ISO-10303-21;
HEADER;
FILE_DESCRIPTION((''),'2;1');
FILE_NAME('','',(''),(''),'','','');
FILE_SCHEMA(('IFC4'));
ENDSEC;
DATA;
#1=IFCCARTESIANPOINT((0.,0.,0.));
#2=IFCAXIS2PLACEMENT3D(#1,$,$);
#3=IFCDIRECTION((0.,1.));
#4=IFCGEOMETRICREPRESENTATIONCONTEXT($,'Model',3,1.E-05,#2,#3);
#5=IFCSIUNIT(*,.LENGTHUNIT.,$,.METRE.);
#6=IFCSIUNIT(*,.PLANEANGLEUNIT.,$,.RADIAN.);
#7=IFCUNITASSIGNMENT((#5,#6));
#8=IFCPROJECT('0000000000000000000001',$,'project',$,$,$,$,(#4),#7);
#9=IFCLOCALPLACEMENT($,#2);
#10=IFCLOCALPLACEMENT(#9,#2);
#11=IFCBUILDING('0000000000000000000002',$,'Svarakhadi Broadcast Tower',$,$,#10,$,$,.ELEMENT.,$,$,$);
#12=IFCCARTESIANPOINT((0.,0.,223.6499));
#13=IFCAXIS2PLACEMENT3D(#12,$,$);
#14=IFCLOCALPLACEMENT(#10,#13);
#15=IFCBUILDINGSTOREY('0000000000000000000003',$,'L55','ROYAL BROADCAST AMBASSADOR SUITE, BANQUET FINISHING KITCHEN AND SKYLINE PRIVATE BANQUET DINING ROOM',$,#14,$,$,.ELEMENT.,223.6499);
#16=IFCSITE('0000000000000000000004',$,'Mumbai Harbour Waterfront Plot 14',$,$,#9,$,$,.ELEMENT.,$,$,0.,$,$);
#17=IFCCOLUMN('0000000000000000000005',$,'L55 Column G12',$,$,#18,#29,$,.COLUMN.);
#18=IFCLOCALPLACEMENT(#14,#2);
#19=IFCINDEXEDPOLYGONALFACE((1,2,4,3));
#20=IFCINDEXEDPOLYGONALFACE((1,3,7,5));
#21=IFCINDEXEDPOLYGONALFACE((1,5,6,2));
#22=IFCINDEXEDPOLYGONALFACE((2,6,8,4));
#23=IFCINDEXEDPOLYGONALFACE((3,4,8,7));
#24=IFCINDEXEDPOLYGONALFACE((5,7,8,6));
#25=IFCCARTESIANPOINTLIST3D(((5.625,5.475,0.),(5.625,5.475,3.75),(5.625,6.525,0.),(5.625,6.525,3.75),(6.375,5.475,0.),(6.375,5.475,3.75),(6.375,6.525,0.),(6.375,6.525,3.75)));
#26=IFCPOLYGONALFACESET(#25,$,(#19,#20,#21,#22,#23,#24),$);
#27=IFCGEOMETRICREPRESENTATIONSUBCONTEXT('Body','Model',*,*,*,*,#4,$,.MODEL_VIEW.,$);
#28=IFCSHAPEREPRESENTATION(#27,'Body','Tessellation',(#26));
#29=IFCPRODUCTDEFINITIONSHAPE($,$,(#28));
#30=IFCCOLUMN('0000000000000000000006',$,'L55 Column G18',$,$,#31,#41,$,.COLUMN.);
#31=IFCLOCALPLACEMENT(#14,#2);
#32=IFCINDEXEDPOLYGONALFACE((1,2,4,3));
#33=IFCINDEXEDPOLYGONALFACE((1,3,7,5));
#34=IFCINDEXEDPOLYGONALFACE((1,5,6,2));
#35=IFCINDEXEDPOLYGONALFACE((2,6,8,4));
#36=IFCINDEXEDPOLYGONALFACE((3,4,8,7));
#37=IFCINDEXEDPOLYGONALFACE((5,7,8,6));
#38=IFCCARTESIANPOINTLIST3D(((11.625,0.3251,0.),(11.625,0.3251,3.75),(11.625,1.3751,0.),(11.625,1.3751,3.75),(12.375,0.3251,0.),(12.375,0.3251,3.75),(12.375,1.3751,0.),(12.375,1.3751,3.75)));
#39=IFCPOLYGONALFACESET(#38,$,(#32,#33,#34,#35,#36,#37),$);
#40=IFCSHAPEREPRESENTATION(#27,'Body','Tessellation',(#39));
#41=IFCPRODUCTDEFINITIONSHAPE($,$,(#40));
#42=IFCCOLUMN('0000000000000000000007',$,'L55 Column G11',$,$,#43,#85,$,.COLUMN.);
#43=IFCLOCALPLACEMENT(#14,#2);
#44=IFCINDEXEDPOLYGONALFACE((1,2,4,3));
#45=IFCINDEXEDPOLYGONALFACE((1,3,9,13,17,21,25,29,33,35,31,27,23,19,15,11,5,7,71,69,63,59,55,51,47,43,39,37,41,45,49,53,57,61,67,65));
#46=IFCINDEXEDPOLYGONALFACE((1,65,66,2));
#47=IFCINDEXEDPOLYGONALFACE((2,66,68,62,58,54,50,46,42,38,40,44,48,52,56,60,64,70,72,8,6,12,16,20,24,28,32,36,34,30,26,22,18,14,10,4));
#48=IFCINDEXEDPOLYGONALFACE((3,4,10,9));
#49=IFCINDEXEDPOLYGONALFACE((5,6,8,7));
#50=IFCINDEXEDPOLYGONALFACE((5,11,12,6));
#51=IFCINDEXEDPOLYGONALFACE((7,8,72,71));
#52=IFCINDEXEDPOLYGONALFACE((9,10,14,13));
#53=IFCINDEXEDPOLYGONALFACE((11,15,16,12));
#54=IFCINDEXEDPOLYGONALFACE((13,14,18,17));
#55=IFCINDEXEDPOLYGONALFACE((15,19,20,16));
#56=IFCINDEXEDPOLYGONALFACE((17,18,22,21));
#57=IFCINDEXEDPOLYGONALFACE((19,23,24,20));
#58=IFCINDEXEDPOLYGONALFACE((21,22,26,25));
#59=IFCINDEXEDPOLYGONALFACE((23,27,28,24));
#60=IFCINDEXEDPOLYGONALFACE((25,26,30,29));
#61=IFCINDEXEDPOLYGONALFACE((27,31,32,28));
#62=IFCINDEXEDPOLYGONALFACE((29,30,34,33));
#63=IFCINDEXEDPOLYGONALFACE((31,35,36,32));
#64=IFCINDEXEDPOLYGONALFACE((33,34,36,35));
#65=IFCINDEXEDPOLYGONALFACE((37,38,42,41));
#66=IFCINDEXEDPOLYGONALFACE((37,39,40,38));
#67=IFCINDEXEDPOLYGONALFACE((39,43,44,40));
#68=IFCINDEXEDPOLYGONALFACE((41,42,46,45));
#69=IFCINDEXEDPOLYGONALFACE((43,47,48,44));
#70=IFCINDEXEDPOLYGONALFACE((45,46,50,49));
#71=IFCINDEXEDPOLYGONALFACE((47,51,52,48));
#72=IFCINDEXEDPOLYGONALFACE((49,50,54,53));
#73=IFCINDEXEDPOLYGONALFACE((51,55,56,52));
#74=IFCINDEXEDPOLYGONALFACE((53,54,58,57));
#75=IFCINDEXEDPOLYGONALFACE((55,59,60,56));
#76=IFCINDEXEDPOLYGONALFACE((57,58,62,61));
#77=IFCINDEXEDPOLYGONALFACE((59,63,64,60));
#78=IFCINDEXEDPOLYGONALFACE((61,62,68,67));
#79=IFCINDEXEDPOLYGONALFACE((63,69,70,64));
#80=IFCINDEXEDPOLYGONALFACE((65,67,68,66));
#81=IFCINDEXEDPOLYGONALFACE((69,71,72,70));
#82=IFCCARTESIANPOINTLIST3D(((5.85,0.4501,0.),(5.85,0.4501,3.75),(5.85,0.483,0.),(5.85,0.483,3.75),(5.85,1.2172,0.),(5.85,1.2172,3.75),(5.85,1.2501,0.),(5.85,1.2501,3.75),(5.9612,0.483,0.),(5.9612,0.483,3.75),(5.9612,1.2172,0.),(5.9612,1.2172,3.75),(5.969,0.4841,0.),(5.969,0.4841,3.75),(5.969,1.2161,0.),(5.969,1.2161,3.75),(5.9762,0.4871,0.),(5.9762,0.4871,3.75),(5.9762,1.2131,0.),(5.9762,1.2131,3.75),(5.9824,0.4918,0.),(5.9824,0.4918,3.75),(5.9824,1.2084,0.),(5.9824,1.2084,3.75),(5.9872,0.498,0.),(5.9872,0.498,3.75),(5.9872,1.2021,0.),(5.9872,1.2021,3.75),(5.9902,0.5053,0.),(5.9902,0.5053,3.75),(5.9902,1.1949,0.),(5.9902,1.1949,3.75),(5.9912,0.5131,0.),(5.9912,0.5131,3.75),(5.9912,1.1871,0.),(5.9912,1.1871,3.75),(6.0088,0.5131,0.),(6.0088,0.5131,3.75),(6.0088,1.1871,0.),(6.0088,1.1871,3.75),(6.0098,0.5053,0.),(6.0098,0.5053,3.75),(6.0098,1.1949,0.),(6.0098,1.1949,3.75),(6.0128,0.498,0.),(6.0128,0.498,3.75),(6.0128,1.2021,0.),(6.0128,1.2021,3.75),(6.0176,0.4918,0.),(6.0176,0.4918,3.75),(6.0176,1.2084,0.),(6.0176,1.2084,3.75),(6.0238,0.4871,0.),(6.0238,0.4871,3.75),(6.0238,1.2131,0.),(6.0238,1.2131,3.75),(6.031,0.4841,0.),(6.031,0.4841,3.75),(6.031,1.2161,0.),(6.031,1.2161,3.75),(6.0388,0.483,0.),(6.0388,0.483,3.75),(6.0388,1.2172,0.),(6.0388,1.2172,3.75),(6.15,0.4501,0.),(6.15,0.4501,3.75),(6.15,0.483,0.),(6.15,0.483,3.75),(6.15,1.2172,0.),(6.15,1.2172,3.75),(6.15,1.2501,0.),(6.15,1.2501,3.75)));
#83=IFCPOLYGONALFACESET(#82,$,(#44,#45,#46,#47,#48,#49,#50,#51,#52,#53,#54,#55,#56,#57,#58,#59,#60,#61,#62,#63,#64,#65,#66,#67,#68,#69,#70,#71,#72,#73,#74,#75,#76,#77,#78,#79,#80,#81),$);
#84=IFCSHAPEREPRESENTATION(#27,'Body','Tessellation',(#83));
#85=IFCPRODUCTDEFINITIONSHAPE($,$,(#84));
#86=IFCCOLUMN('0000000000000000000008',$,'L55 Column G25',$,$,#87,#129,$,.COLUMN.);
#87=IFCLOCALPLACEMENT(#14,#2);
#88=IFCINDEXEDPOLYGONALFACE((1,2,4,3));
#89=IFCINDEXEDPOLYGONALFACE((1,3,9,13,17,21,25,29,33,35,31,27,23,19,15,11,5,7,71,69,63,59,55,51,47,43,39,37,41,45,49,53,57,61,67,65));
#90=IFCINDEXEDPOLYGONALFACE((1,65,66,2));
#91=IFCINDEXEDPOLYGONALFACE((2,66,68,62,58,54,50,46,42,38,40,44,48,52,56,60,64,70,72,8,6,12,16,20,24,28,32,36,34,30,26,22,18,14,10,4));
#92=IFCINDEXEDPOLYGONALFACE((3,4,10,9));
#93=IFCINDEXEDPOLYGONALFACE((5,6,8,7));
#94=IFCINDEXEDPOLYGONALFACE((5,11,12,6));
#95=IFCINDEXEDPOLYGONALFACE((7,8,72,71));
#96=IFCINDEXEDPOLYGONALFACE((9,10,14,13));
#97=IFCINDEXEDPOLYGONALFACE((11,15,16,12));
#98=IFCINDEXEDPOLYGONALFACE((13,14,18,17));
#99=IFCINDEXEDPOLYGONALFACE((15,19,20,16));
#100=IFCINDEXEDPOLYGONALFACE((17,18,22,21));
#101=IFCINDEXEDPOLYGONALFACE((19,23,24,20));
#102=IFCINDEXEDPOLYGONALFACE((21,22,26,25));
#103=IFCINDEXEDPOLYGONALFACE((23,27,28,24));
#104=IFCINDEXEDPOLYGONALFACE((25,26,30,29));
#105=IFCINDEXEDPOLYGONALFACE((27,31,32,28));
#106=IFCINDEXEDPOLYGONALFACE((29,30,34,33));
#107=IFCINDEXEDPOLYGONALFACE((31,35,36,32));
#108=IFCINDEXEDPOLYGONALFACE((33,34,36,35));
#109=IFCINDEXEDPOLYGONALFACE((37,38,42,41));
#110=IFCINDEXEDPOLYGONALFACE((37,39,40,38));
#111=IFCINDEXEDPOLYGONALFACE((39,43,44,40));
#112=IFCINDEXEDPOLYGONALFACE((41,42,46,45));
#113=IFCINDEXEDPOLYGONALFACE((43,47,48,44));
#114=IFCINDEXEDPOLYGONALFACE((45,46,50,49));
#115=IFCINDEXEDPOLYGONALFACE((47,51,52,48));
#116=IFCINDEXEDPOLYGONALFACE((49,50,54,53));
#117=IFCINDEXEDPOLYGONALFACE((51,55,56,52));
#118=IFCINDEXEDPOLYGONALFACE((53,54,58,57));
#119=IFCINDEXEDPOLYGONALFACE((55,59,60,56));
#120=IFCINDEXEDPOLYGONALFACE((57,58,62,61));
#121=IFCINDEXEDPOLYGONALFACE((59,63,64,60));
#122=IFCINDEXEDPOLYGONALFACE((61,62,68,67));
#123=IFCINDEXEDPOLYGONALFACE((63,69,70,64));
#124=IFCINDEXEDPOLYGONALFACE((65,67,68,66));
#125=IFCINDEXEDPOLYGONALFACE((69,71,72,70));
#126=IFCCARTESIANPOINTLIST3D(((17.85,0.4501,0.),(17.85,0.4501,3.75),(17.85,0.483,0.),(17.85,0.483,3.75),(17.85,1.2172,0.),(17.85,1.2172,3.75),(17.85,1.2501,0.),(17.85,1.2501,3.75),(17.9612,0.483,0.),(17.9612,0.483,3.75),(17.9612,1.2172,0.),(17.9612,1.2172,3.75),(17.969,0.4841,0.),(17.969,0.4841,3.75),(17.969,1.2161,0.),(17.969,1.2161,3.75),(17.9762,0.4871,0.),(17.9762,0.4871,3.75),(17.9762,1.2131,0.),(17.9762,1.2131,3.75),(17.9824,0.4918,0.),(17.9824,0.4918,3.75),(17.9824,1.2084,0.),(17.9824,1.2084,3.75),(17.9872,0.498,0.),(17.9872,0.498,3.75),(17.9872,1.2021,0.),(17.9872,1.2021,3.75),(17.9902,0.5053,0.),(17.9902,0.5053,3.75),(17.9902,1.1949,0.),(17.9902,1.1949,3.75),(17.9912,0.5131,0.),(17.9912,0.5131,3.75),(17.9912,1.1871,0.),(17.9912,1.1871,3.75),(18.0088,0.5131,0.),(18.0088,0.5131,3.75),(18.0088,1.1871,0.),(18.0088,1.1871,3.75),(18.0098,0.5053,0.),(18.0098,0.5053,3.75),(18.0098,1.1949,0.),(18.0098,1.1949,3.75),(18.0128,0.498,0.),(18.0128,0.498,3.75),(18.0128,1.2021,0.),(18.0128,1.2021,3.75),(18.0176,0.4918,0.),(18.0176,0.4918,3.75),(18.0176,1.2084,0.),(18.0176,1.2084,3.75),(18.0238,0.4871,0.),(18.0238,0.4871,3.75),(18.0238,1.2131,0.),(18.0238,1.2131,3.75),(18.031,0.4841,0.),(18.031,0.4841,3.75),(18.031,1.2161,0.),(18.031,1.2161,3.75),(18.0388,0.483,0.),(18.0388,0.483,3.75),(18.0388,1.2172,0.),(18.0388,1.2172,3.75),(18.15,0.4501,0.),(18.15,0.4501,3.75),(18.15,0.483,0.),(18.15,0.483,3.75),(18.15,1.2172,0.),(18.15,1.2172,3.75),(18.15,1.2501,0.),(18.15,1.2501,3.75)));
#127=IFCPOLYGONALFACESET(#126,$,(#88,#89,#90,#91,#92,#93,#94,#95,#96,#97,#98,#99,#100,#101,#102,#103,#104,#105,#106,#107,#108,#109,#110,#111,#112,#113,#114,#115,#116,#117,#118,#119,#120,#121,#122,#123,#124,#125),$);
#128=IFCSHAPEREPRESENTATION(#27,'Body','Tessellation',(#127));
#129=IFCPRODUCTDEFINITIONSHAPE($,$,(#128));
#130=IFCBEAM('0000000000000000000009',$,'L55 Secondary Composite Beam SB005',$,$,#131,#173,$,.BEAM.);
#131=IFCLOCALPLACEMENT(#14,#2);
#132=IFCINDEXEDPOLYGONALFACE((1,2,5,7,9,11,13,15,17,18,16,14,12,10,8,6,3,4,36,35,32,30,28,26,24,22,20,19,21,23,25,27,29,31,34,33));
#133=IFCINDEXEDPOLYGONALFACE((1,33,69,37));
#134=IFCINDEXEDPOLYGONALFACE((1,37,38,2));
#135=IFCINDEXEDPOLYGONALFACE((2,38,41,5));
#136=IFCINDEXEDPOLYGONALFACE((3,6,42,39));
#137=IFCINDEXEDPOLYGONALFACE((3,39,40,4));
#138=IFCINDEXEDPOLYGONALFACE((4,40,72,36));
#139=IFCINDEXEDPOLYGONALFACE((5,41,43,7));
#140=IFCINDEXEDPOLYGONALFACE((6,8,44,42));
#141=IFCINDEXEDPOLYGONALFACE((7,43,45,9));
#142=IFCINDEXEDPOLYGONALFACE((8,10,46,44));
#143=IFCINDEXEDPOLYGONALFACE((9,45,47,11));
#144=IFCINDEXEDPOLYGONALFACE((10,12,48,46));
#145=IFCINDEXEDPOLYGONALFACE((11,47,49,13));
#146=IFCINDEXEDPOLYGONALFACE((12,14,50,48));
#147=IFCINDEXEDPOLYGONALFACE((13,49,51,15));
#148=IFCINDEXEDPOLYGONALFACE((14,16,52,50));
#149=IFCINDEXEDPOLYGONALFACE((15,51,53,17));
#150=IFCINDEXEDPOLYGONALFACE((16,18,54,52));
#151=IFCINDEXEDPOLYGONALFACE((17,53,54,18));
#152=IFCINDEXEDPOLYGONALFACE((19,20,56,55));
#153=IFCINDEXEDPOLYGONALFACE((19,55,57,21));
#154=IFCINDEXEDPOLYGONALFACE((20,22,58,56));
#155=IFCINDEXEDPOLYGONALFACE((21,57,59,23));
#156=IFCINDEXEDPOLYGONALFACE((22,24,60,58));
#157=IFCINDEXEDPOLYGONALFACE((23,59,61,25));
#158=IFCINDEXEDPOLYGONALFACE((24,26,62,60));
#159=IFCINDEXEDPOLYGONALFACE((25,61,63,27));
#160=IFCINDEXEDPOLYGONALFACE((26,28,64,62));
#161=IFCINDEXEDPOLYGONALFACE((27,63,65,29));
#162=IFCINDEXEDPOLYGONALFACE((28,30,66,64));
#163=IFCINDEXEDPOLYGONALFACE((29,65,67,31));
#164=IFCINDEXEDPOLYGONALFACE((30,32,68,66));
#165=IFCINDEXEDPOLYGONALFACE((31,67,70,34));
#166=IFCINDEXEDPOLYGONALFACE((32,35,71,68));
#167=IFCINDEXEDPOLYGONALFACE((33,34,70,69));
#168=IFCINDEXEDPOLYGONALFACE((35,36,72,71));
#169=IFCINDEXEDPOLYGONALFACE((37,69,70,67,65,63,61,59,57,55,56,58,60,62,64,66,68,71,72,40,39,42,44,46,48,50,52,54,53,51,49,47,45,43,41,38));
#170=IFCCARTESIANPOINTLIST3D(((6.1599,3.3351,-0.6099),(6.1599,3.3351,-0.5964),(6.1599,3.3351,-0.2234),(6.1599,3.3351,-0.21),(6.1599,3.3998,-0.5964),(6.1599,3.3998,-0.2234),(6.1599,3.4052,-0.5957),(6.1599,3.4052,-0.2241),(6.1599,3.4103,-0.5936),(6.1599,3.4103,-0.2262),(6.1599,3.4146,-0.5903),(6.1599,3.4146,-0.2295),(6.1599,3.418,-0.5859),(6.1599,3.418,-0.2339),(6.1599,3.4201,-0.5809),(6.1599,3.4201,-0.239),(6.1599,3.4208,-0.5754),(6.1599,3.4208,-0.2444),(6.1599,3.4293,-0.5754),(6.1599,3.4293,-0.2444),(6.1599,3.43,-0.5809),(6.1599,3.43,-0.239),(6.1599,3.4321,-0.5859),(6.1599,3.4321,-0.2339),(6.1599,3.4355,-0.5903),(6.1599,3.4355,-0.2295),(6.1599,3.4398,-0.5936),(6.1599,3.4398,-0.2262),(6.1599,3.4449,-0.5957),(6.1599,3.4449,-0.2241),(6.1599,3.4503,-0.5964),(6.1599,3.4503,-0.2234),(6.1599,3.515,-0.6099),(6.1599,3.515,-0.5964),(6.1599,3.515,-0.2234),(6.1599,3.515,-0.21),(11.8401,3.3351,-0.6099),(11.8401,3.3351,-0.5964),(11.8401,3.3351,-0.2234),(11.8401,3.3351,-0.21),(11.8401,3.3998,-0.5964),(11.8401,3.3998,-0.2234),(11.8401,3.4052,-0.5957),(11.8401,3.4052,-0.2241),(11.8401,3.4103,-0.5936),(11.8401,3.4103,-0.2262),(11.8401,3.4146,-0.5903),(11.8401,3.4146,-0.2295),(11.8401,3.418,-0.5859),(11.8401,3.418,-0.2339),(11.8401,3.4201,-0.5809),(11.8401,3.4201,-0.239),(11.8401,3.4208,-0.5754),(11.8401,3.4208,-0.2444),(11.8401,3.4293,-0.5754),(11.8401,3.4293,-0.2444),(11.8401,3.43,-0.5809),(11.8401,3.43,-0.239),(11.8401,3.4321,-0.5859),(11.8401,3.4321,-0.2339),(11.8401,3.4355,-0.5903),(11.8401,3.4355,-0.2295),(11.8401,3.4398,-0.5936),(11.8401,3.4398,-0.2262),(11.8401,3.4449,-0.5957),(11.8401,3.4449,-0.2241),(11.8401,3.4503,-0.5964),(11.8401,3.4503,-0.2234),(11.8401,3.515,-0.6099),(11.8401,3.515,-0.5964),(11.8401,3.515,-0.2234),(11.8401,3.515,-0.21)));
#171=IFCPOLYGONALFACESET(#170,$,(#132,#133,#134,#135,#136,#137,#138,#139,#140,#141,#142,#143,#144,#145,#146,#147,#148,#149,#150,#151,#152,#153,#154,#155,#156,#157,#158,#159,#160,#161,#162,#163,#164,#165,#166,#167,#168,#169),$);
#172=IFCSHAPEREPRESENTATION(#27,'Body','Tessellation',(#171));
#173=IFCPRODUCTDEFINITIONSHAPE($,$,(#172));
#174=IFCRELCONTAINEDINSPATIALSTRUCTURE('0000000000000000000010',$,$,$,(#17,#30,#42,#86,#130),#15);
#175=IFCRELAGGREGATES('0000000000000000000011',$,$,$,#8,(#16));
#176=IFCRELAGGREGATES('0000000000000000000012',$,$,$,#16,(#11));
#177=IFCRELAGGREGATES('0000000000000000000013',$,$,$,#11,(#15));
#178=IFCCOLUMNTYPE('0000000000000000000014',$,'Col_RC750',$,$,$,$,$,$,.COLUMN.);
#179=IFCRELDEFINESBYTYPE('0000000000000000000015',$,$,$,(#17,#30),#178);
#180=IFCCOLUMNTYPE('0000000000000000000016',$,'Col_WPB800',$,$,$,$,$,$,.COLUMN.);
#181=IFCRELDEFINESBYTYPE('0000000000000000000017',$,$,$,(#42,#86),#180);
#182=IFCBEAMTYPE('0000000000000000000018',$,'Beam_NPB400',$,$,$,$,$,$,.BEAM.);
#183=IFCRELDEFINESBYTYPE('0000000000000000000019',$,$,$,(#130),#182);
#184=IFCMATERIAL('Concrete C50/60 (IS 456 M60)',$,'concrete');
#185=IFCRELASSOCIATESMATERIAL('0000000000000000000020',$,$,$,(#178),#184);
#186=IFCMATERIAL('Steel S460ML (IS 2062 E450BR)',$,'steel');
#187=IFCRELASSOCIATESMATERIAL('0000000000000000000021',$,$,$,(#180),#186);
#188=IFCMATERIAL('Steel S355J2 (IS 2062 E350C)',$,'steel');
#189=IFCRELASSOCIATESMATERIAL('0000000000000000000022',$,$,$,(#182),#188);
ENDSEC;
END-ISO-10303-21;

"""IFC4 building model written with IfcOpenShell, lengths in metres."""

from ifc_helpers import new_model, si_unit, direction, frame, origin, origin_2d, place, context, subcontext, project, spatial, rectangle, i_section, extrude, material, material_profile, profile_set, type_object, element, save


model = new_model("IFC4")

# Units and contexts
model_context = context("Model", 3, precision=1e-05, world=origin(), true_north=direction((0.0, 1.0)))
body_context = subcontext(model_context, "Body", "Model", "MODEL_VIEW")
ifc_project = project(units=[si_unit("LENGTHUNIT", "METRE"), si_unit("PLANEANGLEUNIT", "RADIAN")], contexts=[model_context])

# Site, building, storey
site_placement = place(None, origin())
site = spatial("IfcSite", under=ifc_project, at=site_placement, Name="Mumbai Harbour Waterfront Plot 14", CompositionType="ELEMENT", RefElevation=0.0)
building_placement = place(site_placement, origin())
building = spatial("IfcBuilding", under=site, at=building_placement, Name="Svarakhadi Broadcast Tower", CompositionType="ELEMENT")
storey_placement = place(building_placement, frame((0.0, 0.0, 223.6499)))
storey = spatial("IfcBuildingStorey", under=building, at=storey_placement, Name="L55", Description="ROYAL BROADCAST AMBASSADOR SUITE, BANQUET FINISHING KITCHEN AND SKYLINE PRIVATE BANQUET DINING ROOM", CompositionType="ELEMENT", Elevation=223.6499)

# Columns
ifc_material_1 = material(Name="Concrete C50/60 (IS 456 M60)", Category="concrete")
ifc_material_profile_1 = material_profile(ifc_material_1, rectangle(XDim=0.75, YDim=1.05, at=origin_2d()), Name="RC 750x1050")
ifc_profile_set_1 = profile_set([ifc_material_profile_1], Name="Concrete C50/60 (IS 456 M60)")
column_type_1 = type_object("IfcColumnType", Name="Col_RC750", PredefinedType="COLUMN", material=ifc_profile_set_1)
for number, where, z_axis, x_axis, name in (
    (1, (6.0, 6.0, 0.0), (0.0, 0.0, 1.0), (1.0, 0.0, 0.0), "L55 Column G12"),
    (2, (12.0, 0.8501, 0.0), (0.0, 0.0, 1.0), (1.0, 0.0, 0.0), "L55 Column G18"),
):
    element("IfcColumn", number, at=place(storey_placement, frame(where, z_axis=z_axis, x_axis=x_axis)), inside=storey, type_object=column_type_1, Name=name, PredefinedType="COLUMN", context=body_context, shape_type="SweptSolid", body=[
        extrude(rectangle(XDim=0.75, YDim=1.05, at=origin_2d()), origin(), (0.0, 0.0, 1.0), 3.75),
    ])
ifc_material_2 = material(Name="Steel S460ML (IS 2062 E450BR)", Category="steel")
ifc_material_profile_2 = material_profile(ifc_material_2, i_section(OverallWidth=0.3, OverallDepth=0.8, WebThickness=0.0176, FlangeThickness=0.033, FilletRadius=0.03, at=origin_2d()), Name="WPB 800x300x262")
ifc_profile_set_2 = profile_set([ifc_material_profile_2], Name="Steel S460ML (IS 2062 E450BR)")
column_type_2 = type_object("IfcColumnType", Name="Col_WPB800", PredefinedType="COLUMN", material=ifc_profile_set_2)
for number, where, z_axis, x_axis, name in (
    (3, (6.0, 0.8501, 0.0), (0.0, 0.0, 1.0), (1.0, 0.0, 0.0), "L55 Column G11"),
    (4, (18.0, 0.8501, 0.0), (0.0, 0.0, 1.0), (1.0, 0.0, 0.0), "L55 Column G25"),
):
    element("IfcColumn", number, at=place(storey_placement, frame(where, z_axis=z_axis, x_axis=x_axis)), inside=storey, type_object=column_type_2, Name=name, PredefinedType="COLUMN", context=body_context, shape_type="SweptSolid", body=[
        extrude(i_section(OverallWidth=0.3, OverallDepth=0.8, WebThickness=0.0176, FlangeThickness=0.033, FilletRadius=0.03, at=origin_2d()), origin(), (0.0, 0.0, 1.0), 3.75),
    ])

# Beam
ifc_material_3 = material(Name="Steel S355J2 (IS 2062 E350C)", Category="steel")
ifc_material_profile_3 = material_profile(ifc_material_3, i_section(OverallWidth=0.1799, OverallDepth=0.3999, WebThickness=0.0085, FlangeThickness=0.0134, FilletRadius=0.021, at=origin_2d()), Name="NPB 400x180x66")
ifc_profile_set_3 = profile_set([ifc_material_profile_3], Name="Steel S355J2 (IS 2062 E350C)")
beam_type_1 = type_object("IfcBeamType", Name="Beam_NPB400", PredefinedType="BEAM", material=ifc_profile_set_3)
for number, where, z_axis, x_axis, name in (
    (5, (6.1599, 3.425, -0.4099), (1.0, 0.0, 0.0), (0.0, 1.0, 0.0), "L55 Secondary Composite Beam SB005"),
):
    element("IfcBeam", number, at=place(storey_placement, frame(where, z_axis=z_axis, x_axis=x_axis)), inside=storey, type_object=beam_type_1, Name=name, PredefinedType="BEAM", context=body_context, shape_type="SweptSolid", body=[
        extrude(i_section(OverallWidth=0.1799, OverallDepth=0.3999, WebThickness=0.0085, FlangeThickness=0.0134, FilletRadius=0.021, at=origin_2d()), origin(), (0.0, 0.0, 1.0), 5.6802),
    ])

save(model, "model.ifc")
